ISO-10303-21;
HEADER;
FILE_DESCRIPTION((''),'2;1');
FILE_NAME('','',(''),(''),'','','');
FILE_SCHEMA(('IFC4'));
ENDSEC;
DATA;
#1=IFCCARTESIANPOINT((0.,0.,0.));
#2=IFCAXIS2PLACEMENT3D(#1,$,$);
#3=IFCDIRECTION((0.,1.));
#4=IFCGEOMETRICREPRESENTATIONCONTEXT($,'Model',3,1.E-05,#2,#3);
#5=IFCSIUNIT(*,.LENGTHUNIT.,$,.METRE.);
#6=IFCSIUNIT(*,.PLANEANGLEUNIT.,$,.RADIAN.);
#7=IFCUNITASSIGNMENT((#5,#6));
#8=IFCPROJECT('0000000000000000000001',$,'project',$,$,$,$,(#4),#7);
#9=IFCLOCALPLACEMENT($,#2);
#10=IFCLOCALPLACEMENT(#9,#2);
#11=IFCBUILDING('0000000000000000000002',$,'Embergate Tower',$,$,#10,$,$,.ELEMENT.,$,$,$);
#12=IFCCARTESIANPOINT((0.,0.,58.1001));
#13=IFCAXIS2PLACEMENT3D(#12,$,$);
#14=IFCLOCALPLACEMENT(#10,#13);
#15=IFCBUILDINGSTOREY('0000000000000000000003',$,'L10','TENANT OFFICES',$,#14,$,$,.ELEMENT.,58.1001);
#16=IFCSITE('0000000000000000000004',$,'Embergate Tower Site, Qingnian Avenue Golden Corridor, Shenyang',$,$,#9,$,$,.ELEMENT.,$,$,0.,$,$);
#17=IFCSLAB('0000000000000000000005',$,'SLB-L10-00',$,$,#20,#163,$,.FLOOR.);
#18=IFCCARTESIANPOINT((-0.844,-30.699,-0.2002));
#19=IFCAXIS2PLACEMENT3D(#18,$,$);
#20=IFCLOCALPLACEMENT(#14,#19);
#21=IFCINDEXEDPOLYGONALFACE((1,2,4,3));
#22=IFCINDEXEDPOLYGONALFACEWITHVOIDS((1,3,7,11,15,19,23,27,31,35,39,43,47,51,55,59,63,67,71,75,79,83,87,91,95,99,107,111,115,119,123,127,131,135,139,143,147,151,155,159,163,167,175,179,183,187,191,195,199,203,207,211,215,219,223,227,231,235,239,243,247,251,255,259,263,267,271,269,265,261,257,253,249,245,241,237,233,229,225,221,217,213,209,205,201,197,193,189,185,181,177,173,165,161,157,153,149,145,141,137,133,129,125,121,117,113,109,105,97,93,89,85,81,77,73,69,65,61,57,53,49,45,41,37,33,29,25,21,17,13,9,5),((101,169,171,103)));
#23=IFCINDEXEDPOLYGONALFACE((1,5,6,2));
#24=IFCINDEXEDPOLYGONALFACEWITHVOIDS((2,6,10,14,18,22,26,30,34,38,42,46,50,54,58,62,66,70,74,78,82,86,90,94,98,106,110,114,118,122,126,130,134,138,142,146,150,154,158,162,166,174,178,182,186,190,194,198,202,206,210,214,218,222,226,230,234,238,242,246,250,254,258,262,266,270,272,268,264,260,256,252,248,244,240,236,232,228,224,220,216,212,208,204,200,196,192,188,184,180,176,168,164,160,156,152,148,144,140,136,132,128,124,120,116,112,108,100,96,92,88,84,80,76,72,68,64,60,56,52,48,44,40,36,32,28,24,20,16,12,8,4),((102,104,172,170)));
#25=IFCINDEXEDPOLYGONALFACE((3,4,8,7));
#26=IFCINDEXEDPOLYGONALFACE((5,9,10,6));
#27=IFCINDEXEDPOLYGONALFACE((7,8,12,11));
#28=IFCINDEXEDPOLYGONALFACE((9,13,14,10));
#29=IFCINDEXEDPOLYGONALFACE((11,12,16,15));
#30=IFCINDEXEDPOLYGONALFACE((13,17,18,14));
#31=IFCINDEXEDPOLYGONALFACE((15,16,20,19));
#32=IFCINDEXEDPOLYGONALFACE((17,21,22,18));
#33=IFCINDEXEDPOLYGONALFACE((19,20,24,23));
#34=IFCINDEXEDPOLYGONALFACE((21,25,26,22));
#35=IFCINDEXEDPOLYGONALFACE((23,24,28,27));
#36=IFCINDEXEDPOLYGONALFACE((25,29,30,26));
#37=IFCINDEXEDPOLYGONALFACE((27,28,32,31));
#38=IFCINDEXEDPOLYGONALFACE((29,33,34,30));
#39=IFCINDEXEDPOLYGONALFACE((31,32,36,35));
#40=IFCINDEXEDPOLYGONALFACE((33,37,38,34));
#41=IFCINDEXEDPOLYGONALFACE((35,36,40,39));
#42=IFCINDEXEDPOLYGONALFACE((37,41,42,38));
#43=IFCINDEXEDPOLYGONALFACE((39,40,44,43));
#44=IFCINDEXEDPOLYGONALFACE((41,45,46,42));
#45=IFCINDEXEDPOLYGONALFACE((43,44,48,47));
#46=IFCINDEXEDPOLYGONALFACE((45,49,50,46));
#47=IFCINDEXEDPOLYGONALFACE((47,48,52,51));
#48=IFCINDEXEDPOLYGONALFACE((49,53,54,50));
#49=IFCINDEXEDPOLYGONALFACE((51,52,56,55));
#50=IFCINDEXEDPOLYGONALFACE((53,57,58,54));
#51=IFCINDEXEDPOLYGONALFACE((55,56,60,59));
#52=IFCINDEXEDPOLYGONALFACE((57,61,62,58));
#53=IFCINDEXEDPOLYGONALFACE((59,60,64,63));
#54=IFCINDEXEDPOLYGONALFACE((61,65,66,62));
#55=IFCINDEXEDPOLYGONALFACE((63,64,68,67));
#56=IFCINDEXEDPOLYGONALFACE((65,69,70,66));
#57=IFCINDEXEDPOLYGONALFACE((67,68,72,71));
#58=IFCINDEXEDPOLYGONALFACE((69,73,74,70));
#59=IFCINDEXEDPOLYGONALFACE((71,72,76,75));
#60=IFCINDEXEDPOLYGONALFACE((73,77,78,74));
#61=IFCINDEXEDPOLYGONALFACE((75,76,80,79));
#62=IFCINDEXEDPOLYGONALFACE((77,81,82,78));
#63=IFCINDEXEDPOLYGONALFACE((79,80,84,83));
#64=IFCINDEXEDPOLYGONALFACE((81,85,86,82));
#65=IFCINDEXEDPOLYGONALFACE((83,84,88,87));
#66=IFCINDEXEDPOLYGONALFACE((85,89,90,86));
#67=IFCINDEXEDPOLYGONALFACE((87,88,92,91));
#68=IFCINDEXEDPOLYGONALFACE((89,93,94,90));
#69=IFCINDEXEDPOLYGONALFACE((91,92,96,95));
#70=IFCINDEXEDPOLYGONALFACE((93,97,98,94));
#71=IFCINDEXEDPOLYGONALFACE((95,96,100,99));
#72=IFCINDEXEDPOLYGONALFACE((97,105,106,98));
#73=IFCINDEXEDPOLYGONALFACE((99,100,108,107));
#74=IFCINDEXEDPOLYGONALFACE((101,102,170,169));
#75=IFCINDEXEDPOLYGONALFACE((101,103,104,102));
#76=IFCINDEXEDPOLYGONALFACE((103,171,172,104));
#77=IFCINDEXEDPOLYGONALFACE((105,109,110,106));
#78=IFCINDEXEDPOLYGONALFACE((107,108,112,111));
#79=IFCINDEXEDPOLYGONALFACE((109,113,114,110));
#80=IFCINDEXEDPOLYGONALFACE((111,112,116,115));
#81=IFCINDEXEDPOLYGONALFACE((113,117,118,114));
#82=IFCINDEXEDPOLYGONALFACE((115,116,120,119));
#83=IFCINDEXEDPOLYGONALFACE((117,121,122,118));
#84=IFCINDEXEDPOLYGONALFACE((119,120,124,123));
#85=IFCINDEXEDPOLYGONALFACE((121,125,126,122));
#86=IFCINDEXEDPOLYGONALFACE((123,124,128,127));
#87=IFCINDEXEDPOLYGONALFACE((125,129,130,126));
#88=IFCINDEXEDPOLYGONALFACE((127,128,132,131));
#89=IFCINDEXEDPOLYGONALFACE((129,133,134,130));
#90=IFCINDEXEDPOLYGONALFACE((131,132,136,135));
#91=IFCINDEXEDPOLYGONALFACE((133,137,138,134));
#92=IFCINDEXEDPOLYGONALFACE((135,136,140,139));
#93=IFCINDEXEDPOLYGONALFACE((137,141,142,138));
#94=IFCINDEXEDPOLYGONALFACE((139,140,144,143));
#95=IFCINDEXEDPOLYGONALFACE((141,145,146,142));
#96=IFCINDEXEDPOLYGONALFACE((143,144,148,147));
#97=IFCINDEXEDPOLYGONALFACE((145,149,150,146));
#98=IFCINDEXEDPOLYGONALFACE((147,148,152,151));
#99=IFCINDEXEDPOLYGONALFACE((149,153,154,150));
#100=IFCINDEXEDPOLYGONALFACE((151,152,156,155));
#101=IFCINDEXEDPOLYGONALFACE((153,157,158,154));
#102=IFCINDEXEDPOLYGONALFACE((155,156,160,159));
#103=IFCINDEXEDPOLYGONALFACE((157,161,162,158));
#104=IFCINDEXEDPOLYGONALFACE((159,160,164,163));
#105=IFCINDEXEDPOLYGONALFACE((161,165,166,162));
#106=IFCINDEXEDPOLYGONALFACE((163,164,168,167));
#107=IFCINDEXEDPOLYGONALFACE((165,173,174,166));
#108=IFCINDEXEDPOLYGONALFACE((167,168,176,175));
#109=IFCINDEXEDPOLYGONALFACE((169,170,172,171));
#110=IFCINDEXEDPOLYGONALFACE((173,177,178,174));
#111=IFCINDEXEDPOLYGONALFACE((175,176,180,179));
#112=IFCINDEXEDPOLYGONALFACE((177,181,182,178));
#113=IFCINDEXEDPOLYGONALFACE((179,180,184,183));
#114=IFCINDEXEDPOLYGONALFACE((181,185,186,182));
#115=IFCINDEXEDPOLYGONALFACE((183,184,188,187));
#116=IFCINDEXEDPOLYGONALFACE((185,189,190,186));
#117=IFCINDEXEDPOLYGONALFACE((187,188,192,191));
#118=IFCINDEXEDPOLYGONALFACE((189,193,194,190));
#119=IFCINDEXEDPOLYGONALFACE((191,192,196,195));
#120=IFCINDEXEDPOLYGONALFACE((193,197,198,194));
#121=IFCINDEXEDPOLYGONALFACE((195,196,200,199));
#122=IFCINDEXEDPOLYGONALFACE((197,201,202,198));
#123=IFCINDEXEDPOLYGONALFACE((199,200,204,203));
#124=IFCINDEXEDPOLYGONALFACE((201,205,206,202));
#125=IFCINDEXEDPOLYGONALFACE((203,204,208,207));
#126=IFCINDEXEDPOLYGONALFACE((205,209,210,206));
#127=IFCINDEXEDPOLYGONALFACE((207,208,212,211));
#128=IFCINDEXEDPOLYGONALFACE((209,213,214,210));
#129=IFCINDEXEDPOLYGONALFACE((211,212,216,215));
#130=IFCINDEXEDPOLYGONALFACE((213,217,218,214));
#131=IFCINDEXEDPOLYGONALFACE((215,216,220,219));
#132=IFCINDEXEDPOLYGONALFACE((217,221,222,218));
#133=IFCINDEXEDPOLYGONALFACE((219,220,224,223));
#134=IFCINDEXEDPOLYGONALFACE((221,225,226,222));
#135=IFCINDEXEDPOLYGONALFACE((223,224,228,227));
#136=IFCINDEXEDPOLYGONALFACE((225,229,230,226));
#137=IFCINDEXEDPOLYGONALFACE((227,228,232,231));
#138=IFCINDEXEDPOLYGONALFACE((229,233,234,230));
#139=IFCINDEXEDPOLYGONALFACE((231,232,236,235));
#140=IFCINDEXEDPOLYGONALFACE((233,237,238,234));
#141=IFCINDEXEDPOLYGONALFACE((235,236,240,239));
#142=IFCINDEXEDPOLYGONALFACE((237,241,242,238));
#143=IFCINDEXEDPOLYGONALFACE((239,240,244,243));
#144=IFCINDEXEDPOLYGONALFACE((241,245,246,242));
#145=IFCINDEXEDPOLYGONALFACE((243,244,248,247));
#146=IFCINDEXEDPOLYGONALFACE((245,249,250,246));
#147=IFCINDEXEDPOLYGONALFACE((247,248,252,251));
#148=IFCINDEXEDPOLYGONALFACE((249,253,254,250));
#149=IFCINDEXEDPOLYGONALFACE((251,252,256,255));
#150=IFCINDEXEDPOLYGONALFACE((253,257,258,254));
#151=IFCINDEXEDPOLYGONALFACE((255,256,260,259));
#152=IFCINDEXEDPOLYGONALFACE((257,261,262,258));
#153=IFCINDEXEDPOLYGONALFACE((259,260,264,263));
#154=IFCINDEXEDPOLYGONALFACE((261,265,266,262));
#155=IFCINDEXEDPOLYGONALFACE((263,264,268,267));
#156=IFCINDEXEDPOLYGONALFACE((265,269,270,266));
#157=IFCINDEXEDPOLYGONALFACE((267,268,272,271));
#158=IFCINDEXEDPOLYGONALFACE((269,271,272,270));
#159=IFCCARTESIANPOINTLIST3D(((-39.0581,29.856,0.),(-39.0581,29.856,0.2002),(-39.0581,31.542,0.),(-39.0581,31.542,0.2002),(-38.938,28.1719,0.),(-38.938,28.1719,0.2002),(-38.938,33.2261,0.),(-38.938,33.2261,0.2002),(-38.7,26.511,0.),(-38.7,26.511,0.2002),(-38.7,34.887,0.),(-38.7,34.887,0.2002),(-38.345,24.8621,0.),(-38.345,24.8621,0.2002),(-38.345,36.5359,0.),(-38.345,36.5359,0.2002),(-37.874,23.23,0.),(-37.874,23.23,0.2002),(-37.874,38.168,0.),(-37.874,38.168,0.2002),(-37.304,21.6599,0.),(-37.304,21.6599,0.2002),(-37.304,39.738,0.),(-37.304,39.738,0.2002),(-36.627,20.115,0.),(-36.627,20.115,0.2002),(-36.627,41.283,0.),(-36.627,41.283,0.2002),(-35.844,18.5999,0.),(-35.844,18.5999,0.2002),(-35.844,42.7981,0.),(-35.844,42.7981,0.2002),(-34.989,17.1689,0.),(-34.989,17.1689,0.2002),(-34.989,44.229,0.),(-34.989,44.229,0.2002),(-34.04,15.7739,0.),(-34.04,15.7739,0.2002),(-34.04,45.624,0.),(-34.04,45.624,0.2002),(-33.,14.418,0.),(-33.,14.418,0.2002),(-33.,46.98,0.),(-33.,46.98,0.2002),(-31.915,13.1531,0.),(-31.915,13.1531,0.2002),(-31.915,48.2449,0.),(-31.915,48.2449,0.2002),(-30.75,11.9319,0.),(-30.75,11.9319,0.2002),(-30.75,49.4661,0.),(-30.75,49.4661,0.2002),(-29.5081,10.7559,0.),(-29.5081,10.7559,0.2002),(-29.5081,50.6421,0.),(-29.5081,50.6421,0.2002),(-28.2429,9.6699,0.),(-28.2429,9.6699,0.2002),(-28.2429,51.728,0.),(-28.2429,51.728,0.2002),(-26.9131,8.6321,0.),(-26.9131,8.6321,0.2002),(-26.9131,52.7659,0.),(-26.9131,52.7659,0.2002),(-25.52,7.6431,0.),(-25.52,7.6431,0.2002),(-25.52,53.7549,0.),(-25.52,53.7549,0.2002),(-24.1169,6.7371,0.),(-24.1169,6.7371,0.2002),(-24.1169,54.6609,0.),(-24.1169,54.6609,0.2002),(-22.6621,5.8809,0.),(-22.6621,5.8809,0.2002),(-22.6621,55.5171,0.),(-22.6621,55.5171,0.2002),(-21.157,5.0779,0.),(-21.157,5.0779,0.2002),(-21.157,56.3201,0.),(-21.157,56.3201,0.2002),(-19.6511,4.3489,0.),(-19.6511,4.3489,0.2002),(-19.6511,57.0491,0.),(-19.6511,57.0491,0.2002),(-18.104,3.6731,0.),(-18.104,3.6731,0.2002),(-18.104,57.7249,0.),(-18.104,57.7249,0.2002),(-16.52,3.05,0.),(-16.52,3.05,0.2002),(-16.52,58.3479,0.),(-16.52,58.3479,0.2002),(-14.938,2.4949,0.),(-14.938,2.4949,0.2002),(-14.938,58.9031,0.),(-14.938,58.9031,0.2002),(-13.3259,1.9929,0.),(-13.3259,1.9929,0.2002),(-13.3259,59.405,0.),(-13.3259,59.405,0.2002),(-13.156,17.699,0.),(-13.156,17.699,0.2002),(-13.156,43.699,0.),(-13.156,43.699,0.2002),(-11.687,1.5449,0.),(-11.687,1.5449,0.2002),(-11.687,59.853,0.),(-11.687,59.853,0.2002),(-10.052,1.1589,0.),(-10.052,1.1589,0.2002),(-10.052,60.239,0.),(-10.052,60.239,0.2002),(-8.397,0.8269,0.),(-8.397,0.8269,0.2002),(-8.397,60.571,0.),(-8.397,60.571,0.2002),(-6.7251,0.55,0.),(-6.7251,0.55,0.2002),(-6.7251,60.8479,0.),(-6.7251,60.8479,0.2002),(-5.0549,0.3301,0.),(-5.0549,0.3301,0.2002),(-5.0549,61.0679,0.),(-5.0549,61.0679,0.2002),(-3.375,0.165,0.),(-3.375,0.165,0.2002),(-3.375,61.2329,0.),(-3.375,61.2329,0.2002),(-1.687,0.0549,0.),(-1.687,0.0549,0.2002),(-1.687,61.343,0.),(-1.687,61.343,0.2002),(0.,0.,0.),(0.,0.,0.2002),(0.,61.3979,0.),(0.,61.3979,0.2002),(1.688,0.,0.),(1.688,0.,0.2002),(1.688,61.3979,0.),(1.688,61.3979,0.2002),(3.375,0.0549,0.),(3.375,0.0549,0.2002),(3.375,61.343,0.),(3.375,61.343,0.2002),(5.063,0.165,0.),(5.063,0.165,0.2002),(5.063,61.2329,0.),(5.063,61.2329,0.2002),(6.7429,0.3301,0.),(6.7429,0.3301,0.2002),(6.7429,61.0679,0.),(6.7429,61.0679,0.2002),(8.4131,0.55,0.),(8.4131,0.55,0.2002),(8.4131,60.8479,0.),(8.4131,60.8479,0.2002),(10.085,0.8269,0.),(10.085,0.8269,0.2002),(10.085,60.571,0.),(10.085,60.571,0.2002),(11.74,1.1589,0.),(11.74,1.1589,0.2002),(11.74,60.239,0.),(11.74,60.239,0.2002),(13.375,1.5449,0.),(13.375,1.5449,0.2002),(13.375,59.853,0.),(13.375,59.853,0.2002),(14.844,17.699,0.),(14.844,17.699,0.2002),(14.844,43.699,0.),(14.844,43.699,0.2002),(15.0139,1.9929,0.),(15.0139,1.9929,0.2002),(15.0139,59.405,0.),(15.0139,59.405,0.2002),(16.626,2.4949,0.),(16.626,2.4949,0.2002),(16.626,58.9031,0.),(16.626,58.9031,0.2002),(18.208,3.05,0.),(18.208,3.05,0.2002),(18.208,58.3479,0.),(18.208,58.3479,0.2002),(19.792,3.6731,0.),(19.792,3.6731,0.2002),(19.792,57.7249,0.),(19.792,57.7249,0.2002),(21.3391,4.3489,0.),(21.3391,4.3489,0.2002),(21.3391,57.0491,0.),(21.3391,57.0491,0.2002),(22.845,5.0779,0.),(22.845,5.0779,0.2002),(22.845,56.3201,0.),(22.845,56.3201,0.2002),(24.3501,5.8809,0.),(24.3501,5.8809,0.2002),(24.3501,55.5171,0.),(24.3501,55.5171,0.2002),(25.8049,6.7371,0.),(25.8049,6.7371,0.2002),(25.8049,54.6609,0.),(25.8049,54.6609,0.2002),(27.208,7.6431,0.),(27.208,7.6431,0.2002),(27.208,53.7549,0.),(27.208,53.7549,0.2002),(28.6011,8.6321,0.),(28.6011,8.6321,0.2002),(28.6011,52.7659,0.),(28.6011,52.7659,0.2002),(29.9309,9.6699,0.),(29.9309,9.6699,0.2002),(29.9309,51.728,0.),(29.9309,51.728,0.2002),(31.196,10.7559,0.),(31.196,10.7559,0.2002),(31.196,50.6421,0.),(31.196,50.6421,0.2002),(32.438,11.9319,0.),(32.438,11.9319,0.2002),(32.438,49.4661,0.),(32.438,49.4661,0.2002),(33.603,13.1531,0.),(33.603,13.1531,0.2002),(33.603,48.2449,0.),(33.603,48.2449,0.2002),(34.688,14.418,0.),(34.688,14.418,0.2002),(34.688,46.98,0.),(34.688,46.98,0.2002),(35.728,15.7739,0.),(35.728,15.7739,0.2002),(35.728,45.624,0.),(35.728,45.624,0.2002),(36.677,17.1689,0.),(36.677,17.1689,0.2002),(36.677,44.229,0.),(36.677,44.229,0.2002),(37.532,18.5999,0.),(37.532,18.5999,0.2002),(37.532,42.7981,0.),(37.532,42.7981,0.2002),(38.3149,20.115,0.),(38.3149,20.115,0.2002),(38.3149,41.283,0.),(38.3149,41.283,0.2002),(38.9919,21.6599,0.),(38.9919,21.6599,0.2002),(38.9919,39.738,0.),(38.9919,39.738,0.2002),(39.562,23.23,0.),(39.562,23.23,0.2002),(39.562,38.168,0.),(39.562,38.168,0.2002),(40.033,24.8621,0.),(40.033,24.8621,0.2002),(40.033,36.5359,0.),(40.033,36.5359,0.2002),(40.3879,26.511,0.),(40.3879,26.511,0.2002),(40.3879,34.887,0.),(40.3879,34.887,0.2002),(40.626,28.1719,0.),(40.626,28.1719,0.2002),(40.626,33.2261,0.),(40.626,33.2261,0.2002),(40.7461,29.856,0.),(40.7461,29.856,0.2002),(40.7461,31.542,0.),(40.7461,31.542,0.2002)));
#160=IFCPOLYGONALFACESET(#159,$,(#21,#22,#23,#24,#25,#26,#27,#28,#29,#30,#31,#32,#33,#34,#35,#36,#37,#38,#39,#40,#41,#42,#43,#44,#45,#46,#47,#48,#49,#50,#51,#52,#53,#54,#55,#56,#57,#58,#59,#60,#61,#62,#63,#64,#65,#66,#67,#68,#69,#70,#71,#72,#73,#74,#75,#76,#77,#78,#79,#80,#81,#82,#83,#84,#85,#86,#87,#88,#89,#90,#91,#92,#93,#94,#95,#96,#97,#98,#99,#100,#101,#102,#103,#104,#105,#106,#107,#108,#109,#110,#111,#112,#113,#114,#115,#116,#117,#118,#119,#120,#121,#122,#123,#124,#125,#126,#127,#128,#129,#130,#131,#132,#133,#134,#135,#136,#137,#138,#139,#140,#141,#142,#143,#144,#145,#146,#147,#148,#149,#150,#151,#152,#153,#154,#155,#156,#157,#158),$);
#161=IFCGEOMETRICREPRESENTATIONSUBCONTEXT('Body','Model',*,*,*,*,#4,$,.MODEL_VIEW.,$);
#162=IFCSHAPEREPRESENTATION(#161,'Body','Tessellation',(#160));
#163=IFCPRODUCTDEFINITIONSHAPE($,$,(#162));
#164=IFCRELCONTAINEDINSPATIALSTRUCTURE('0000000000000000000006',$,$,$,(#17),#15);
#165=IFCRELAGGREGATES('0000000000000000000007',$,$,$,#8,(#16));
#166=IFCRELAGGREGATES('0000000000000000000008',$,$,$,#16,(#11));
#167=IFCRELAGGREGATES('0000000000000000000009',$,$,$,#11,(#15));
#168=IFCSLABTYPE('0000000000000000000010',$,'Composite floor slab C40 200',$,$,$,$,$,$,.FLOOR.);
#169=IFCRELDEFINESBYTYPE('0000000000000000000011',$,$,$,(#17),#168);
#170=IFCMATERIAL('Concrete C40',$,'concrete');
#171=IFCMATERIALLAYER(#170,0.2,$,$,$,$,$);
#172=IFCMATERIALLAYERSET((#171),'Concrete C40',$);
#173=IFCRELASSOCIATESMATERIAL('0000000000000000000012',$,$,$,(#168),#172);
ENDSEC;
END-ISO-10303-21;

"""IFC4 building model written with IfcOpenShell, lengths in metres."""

from ifc_helpers import new_model, si_unit, direction, frame, origin, place, context, subcontext, project, spatial, polyline, outline, extrude, source, transform, mapped, material, layer, layer_set, type_object, element, save


model = new_model("IFC4")

# Units and contexts
model_context = context("Model", 3, precision=1e-05, world=origin(), true_north=direction((0.0, 1.0)))
body_context = subcontext(model_context, "Body", "Model", "MODEL_VIEW")
ifc_project = project(units=[si_unit("LENGTHUNIT", "METRE"), si_unit("PLANEANGLEUNIT", "RADIAN")], contexts=[model_context])

# Site, building, storey
site_placement = place(None, origin())
site = spatial("IfcSite", under=ifc_project, at=site_placement, Name="Embergate Tower Site, Qingnian Avenue Golden Corridor, Shenyang", CompositionType="ELEMENT", RefElevation=0.0)
building_placement = place(site_placement, origin())
building = spatial("IfcBuilding", under=site, at=building_placement, Name="Embergate Tower", CompositionType="ELEMENT")
storey_placement = place(building_placement, frame((0.0, 0.0, 58.1001)))
storey = spatial("IfcBuildingStorey", under=building, at=storey_placement, Name="L10", Description="TENANT OFFICES", CompositionType="ELEMENT", Elevation=58.1001)

# Slab
ifc_material_1 = material(Name="Concrete C40", Category="concrete")
ifc_layer_1 = layer(ifc_material_1, 0.2)
ifc_layer_set_1 = layer_set([ifc_layer_1], Name="Concrete C40")
slab_type = type_object("IfcSlabType", Name="Composite floor slab C40 200", PredefinedType="FLOOR", material=ifc_layer_set_1)
shared_shape_1 = source(origin(), body_context, "Body", "SweptSolid", [
    extrude(outline(polyline([(0.0, 0.0), (1.688, 0.0), (3.375, 0.0549), (5.063, 0.165), (6.7429, 0.3301), (8.4131, 0.55), (10.085, 0.8269), (11.74, 1.1589), (13.375, 1.5449), (15.0139, 1.9929), (16.626, 2.4949), (18.208, 3.05), (19.792, 3.6731), (21.3391, 4.3489), (22.845, 5.0779), (24.3501, 5.8809), (25.8049, 6.7371), (27.208, 7.6431), (28.6011, 8.6321), (29.9309, 9.6699), (31.196, 10.7559), (32.438, 11.9319), (33.603, 13.1531), (34.688, 14.418), (35.728, 15.7739), (36.677, 17.1689), (37.532, 18.5999), (38.3149, 20.115), (38.9919, 21.6599), (39.562, 23.23), (40.033, 24.8621), (40.3879, 26.511), (40.626, 28.1719), (40.7461, 29.856), (40.7461, 31.542), (40.626, 33.2261), (40.3879, 34.887), (40.033, 36.5359), (39.562, 38.168), (38.9919, 39.738), (38.3149, 41.283), (37.532, 42.7981), (36.677, 44.229), (35.728, 45.624), (34.688, 46.98), (33.603, 48.2449), (32.438, 49.4661), (31.196, 50.6421), (29.9309, 51.728), (28.6011, 52.7659), (27.208, 53.7549), (25.8049, 54.6609), (24.3501, 55.5171), (22.845, 56.3201), (21.3391, 57.0491), (19.792, 57.7249), (18.208, 58.3479), (16.626, 58.9031), (15.0139, 59.405), (13.375, 59.853), (11.74, 60.239), (10.085, 60.571), (8.4131, 60.8479), (6.7429, 61.0679), (5.063, 61.2329), (3.375, 61.343), (1.688, 61.3979), (0.0, 61.3979), (-1.687, 61.343), (-3.375, 61.2329), (-5.0549, 61.0679), (-6.7251, 60.8479), (-8.397, 60.571), (-10.052, 60.239), (-11.687, 59.853), (-13.3259, 59.405), (-14.938, 58.9031), (-16.52, 58.3479), (-18.104, 57.7249), (-19.6511, 57.0491), (-21.157, 56.3201), (-22.6621, 55.5171), (-24.1169, 54.6609), (-25.52, 53.7549), (-26.9131, 52.7659), (-28.2429, 51.728), (-29.5081, 50.6421), (-30.75, 49.4661), (-31.915, 48.2449), (-33.0, 46.98), (-34.04, 45.624), (-34.989, 44.229), (-35.844, 42.7981), (-36.627, 41.283), (-37.304, 39.738), (-37.874, 38.168), (-38.345, 36.5359), (-38.7, 34.887), (-38.938, 33.2261), (-39.0581, 31.542), (-39.0581, 29.856), (-38.938, 28.1719), (-38.7, 26.511), (-38.345, 24.8621), (-37.874, 23.23), (-37.304, 21.6599), (-36.627, 20.115), (-35.844, 18.5999), (-34.989, 17.1689), (-34.04, 15.7739), (-33.0, 14.418), (-31.915, 13.1531), (-30.75, 11.9319), (-29.5081, 10.7559), (-28.2429, 9.6699), (-26.9131, 8.6321), (-25.52, 7.6431), (-24.1169, 6.7371), (-22.6621, 5.8809), (-21.157, 5.0779), (-19.6511, 4.3489), (-18.104, 3.6731), (-16.52, 3.05), (-14.938, 2.4949), (-13.3259, 1.9929), (-11.687, 1.5449), (-10.052, 1.1589), (-8.397, 0.8269), (-6.7251, 0.55), (-5.0549, 0.3301), (-3.375, 0.165), (-1.687, 0.0549), (0.0, 0.0)]), holes=[polyline([(-13.156, 17.699), (-13.156, 43.699), (14.844, 43.699), (14.844, 17.699), (-13.156, 17.699)])]), origin(), (0.0, 0.0, 1.0), 0.2002),
])
slab_placement = place(storey_placement, frame((-0.844, -30.699, -0.2002)))
element("IfcSlab", 1, at=slab_placement, inside=storey, type_object=slab_type, Name="SLB-L10-00", PredefinedType="FLOOR", context=body_context, shape_type="MappedRepresentation", body=[
    mapped(shared_shape_1, transform((0.0, 0.0, 0.0))),
])

save(model, "model.ifc")
